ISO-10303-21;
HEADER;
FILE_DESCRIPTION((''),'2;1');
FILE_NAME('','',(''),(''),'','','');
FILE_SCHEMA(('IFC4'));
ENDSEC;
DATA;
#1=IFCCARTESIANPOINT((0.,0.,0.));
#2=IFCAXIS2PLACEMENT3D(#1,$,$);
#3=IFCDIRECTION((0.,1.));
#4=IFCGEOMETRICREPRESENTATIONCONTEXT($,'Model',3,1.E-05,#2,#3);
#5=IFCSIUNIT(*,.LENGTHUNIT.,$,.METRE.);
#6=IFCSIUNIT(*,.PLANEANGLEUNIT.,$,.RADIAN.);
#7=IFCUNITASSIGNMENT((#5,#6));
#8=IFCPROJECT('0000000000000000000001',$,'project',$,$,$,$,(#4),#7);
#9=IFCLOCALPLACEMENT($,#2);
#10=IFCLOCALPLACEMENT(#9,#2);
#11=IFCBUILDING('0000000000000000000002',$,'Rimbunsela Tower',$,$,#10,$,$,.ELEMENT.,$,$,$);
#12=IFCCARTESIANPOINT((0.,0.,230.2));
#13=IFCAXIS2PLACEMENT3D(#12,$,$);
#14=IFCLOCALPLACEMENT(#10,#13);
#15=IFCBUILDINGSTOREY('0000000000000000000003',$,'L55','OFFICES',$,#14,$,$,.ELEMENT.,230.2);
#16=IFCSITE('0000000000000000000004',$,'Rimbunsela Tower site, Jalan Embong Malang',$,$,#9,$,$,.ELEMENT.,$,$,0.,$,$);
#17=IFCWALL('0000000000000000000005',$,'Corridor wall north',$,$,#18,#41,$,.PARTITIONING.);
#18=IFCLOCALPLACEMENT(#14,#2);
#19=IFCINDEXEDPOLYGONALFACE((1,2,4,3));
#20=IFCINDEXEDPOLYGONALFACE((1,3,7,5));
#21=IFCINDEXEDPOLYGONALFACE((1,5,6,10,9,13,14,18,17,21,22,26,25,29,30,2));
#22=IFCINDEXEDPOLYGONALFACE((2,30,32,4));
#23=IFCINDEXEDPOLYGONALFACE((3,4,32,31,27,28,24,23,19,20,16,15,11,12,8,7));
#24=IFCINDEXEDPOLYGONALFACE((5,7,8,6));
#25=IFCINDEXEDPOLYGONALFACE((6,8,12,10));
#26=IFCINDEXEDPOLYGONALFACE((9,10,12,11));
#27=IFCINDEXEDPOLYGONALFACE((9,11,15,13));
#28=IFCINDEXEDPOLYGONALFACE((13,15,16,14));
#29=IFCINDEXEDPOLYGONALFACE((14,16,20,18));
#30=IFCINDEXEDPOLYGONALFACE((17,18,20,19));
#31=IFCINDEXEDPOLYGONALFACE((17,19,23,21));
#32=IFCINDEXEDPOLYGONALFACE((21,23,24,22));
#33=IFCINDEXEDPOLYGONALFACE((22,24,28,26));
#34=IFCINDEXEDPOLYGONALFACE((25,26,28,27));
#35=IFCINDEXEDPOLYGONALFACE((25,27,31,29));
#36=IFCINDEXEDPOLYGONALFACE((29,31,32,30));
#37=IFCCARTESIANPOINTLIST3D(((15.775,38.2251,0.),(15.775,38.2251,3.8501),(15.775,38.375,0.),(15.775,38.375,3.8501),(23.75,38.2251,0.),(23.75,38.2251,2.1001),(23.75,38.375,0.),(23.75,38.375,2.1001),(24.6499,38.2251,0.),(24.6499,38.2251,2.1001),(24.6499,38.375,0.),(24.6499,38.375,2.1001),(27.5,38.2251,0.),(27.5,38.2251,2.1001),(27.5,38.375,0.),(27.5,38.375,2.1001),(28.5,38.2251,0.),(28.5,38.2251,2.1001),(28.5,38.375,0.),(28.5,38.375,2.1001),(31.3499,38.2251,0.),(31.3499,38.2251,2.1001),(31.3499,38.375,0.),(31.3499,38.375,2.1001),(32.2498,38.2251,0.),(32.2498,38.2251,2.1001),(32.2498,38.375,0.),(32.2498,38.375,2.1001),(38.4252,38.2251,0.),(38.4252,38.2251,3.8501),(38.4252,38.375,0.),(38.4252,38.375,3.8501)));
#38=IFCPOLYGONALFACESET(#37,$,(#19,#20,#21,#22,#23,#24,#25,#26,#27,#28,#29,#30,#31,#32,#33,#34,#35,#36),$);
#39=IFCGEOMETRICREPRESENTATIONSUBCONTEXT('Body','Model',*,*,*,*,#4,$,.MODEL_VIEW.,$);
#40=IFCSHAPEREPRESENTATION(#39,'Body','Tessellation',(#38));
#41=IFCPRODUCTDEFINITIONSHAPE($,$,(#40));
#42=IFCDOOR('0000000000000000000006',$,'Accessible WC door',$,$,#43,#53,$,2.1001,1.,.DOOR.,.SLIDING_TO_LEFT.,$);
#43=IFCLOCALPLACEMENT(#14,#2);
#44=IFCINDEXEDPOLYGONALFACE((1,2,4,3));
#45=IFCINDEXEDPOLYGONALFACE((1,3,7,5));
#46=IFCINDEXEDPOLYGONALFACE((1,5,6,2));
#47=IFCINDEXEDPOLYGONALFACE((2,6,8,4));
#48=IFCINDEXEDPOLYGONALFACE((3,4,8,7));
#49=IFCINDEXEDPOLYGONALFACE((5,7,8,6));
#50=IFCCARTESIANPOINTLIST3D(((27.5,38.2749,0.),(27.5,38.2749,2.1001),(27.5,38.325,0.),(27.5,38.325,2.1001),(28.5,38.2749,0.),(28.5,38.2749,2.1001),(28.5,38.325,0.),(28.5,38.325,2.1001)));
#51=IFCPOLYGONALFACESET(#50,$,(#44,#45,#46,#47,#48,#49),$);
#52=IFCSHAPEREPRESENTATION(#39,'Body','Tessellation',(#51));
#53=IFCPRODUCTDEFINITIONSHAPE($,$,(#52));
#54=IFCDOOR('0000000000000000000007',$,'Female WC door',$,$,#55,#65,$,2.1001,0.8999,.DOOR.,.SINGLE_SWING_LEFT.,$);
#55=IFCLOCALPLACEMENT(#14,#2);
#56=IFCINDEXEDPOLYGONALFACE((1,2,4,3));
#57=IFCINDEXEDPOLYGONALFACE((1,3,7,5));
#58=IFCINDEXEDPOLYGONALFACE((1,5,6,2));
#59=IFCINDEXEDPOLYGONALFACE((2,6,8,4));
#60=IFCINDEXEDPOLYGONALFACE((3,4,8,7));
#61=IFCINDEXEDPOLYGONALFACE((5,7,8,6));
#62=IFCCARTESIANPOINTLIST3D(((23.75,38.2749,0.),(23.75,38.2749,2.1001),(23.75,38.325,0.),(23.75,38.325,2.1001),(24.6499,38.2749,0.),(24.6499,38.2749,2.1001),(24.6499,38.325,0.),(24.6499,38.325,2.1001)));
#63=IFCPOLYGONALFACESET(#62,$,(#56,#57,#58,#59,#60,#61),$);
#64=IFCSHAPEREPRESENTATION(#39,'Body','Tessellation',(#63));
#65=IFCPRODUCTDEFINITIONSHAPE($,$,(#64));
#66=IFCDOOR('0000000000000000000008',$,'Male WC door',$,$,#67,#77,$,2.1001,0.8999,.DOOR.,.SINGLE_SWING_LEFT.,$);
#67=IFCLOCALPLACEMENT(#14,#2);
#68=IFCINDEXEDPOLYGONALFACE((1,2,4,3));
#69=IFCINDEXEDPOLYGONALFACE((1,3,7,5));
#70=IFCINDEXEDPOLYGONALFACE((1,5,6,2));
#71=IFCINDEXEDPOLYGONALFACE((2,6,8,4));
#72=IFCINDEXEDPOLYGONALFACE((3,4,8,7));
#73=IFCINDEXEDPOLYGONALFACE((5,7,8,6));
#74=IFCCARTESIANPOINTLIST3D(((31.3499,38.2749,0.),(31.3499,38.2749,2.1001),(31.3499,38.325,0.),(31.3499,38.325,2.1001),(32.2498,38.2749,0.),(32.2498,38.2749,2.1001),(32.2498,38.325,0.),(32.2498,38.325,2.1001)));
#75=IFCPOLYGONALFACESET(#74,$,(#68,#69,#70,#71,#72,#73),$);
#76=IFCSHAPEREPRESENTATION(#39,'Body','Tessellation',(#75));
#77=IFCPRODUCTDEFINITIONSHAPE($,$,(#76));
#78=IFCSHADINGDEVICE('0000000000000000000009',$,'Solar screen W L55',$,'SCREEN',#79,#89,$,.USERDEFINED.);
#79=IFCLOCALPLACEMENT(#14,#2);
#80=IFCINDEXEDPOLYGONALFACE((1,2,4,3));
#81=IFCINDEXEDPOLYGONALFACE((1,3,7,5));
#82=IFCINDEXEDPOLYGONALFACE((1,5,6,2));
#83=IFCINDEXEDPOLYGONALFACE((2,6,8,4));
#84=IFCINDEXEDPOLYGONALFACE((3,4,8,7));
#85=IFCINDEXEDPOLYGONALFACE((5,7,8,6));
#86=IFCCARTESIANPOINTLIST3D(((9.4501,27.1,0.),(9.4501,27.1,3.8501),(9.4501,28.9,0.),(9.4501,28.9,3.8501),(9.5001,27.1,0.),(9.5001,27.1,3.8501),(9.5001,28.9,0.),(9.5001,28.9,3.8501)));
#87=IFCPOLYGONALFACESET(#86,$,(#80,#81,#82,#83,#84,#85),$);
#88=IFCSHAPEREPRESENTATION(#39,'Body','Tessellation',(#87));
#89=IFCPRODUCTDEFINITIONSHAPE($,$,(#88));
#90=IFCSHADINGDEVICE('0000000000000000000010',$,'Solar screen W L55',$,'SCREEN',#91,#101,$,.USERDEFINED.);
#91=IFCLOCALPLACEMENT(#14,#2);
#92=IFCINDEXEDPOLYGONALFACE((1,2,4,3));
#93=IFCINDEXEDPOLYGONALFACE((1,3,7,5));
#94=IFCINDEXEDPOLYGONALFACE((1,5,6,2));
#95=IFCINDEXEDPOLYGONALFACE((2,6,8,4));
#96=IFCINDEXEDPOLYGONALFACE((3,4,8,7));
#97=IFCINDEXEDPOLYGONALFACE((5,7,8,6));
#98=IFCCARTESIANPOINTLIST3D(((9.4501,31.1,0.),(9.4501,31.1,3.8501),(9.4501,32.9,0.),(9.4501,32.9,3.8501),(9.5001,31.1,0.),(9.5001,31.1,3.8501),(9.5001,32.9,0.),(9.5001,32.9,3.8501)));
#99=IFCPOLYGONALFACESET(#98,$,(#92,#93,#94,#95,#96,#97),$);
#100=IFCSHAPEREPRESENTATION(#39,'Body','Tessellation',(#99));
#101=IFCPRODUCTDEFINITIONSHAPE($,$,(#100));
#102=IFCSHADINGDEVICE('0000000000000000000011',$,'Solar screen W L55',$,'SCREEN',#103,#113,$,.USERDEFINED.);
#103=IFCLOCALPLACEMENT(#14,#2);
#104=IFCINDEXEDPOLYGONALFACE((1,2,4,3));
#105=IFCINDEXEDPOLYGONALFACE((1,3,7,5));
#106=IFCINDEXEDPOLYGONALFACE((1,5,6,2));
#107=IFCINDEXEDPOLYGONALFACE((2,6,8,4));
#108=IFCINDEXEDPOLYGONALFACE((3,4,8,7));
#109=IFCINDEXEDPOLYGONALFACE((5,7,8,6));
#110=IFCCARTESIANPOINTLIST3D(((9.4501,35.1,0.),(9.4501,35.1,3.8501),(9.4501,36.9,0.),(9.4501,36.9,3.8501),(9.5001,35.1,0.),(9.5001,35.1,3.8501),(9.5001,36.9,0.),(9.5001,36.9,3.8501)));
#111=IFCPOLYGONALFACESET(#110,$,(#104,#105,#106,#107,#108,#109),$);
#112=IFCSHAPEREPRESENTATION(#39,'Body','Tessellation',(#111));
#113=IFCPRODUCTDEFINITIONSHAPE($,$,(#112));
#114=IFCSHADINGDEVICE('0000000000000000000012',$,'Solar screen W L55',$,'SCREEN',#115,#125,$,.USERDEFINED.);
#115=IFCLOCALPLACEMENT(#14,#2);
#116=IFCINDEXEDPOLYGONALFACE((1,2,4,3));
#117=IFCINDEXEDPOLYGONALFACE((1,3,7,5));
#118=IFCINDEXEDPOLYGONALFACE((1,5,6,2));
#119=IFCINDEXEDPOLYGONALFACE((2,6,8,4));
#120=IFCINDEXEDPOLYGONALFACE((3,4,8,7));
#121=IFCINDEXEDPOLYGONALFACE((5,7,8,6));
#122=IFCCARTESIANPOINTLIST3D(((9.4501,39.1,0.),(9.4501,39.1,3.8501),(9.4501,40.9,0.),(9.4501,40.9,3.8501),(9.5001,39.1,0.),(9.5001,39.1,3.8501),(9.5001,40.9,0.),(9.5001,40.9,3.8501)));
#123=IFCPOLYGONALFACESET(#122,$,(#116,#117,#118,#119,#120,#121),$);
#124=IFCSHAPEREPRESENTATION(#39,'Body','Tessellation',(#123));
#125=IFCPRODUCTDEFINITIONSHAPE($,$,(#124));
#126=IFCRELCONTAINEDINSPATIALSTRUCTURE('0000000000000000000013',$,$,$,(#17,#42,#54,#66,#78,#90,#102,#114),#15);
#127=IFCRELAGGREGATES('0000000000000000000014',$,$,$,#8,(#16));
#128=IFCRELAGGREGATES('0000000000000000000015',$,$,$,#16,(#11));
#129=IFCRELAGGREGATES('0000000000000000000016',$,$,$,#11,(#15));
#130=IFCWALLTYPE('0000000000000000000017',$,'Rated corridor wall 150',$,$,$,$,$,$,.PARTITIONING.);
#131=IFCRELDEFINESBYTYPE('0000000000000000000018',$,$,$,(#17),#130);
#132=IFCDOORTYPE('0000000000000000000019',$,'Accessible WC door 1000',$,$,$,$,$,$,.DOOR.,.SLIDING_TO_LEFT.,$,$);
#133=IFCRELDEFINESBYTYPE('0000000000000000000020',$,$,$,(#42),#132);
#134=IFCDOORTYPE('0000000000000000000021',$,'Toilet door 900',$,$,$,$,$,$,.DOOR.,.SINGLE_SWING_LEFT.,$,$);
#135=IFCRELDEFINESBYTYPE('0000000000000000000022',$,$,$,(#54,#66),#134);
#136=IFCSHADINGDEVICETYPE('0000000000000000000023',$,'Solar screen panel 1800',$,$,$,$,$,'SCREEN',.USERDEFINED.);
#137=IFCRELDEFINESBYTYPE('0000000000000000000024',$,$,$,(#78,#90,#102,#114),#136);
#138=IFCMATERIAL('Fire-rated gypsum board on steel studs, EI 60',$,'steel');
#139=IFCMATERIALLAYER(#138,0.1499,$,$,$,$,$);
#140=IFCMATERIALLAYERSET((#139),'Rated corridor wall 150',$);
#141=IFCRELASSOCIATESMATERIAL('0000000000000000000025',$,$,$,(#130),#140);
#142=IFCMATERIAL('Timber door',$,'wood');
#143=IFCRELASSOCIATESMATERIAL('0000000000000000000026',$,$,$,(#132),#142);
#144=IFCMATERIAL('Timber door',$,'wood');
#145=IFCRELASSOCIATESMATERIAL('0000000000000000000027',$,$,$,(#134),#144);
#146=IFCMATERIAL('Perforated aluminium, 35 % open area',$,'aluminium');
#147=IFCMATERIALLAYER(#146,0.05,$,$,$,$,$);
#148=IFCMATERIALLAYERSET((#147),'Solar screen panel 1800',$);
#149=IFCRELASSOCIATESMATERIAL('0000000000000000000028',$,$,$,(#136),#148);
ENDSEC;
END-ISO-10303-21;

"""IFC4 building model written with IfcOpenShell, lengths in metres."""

from ifc_helpers import new_model, si_unit, direction, frame, frame_2d, origin, origin_2d, place, context, subcontext, project, spatial, rectangle, extrude, material, layer, layer_set, type_object, element, fill, save


model = new_model("IFC4")

# Units and contexts
model_context = context("Model", 3, precision=1e-05, world=origin(), true_north=direction((0.0, 1.0)))
body_context = subcontext(model_context, "Body", "Model", "MODEL_VIEW")
ifc_project = project(units=[si_unit("LENGTHUNIT", "METRE"), si_unit("PLANEANGLEUNIT", "RADIAN")], contexts=[model_context])

# Site, building, storey
site_placement = place(None, origin())
site = spatial("IfcSite", under=ifc_project, at=site_placement, Name="Rimbunsela Tower site, Jalan Embong Malang", CompositionType="ELEMENT", RefElevation=0.0)
building_placement = place(site_placement, origin())
building = spatial("IfcBuilding", under=site, at=building_placement, Name="Rimbunsela Tower", CompositionType="ELEMENT")
storey_placement = place(building_placement, frame((0.0, 0.0, 230.2)))
storey = spatial("IfcBuildingStorey", under=building, at=storey_placement, Name="L55", Description="OFFICES", CompositionType="ELEMENT", Elevation=230.2)

# Wall, openings, doors
ifc_material_1 = material(Name="Fire-rated gypsum board on steel studs, EI 60", Category="steel")
ifc_layer_1 = layer(ifc_material_1, 0.1499)
ifc_layer_set_1 = layer_set([ifc_layer_1], Name="Rated corridor wall 150")
wall_type_1 = type_object("IfcWallType", Name="Rated corridor wall 150", PredefinedType="PARTITIONING", material=ifc_layer_set_1)
wall_1_placement = place(storey_placement, frame((15.7749, 38.3, 0.0), z_axis=(0.0, 0.0, 1.0), x_axis=(1.0, 0.0, 0.0)))
wall_1 = element("IfcWall", 1, at=wall_1_placement, inside=storey, type_object=wall_type_1, Name="Corridor wall north", PredefinedType="PARTITIONING", context=body_context, shape_type="SweptSolid", body=[
    extrude(rectangle(XDim=22.6501, YDim=0.1499, at=frame_2d((11.3252, 0.0))), origin(), (0.0, 0.0, 1.0), 3.8501),
])
opening_1_placement = place(wall_1_placement, frame((7.9751, 0.0, 0.0)))
opening_1 = element("IfcOpeningElement", 2, at=opening_1_placement, cuts=wall_1, PredefinedType="OPENING", context=body_context, shape_type="SweptSolid", body=[
    extrude(rectangle(XDim=0.8999, YDim=2.1001, at=frame_2d((0.45, 1.05))), frame((0.0, 0.085, 0.0), z_axis=(0.0, -1.0, 0.0), x_axis=(1.0, 0.0, 0.0)), (0.0, 0.0, 1.0), 0.1699),
])
opening_2_placement = place(wall_1_placement, frame((11.7251, 0.0, 0.0)))
opening_2 = element("IfcOpeningElement", 3, at=opening_2_placement, cuts=wall_1, PredefinedType="OPENING", context=body_context, shape_type="SweptSolid", body=[
    extrude(rectangle(XDim=1.0, YDim=2.1001, at=frame_2d((0.5, 1.05))), frame((0.0, 0.085, 0.0), z_axis=(0.0, -1.0, 0.0), x_axis=(1.0, 0.0, 0.0)), (0.0, 0.0, 1.0), 0.1699),
])
opening_3_placement = place(wall_1_placement, frame((15.575, 0.0, 0.0)))
opening_3 = element("IfcOpeningElement", 4, at=opening_3_placement, cuts=wall_1, PredefinedType="OPENING", context=body_context, shape_type="SweptSolid", body=[
    extrude(rectangle(XDim=0.8999, YDim=2.1001, at=frame_2d((0.45, 1.05))), frame((0.0, 0.085, 0.0), z_axis=(0.0, -1.0, 0.0), x_axis=(1.0, 0.0, 0.0)), (0.0, 0.0, 1.0), 0.1699),
])
ifc_material_2 = material(Name="Timber door", Category="wood")
door_type_1 = type_object("IfcDoorType", Name="Accessible WC door 1000", OperationType="SLIDING_TO_LEFT", PredefinedType="DOOR", material=ifc_material_2)
door_1_placement = place(opening_2_placement, origin())
door_1 = element("IfcDoor", 5, at=door_1_placement, inside=storey, type_object=door_type_1, Name="Accessible WC door", OperationType="SLIDING_TO_LEFT", OverallHeight=2.1001, OverallWidth=1.0, PredefinedType="DOOR", context=body_context, shape_type="SweptSolid", body=[
    extrude(rectangle(XDim=1.0, YDim=2.1001, at=frame_2d((0.5, 1.05))), frame((0.0, 0.0249, 0.0), z_axis=(0.0, -1.0, 0.0), x_axis=(1.0, 0.0, 0.0)), (0.0, 0.0, 1.0), 0.05),
])
fill(opening_2, door_1)
ifc_material_3 = material(Name="Timber door", Category="wood")
door_type_2 = type_object("IfcDoorType", Name="Toilet door 900", OperationType="SINGLE_SWING_LEFT", PredefinedType="DOOR", material=ifc_material_3)
door_2_placement = place(opening_1_placement, origin())
door_2 = element("IfcDoor", 6, at=door_2_placement, inside=storey, type_object=door_type_2, Name="Female WC door", OperationType="SINGLE_SWING_LEFT", OverallHeight=2.1001, OverallWidth=0.8999, PredefinedType="DOOR", context=body_context, shape_type="SweptSolid", body=[
    extrude(rectangle(XDim=0.8999, YDim=2.1001, at=frame_2d((0.45, 1.05))), frame((0.0, 0.0249, 0.0), z_axis=(0.0, -1.0, 0.0), x_axis=(1.0, 0.0, 0.0)), (0.0, 0.0, 1.0), 0.05),
])
fill(opening_1, door_2)
door_3_placement = place(opening_3_placement, origin())
door_3 = element("IfcDoor", 7, at=door_3_placement, inside=storey, type_object=door_type_2, Name="Male WC door", OperationType="SINGLE_SWING_LEFT", OverallHeight=2.1001, OverallWidth=0.8999, PredefinedType="DOOR", context=body_context, shape_type="SweptSolid", body=[
    extrude(rectangle(XDim=0.8999, YDim=2.1001, at=frame_2d((0.45, 1.05))), frame((0.0, 0.0249, 0.0), z_axis=(0.0, -1.0, 0.0), x_axis=(1.0, 0.0, 0.0)), (0.0, 0.0, 1.0), 0.05),
])
fill(opening_3, door_3)

# Shading devices
ifc_material_4 = material(Name="Perforated aluminium, 35 % open area", Category="aluminium")
ifc_layer_2 = layer(ifc_material_4, 0.05)
ifc_layer_set_2 = layer_set([ifc_layer_2], Name="Solar screen panel 1800")
shading_device_type = type_object("IfcShadingDeviceType", Name="Solar screen panel 1800", ElementType="SCREEN", PredefinedType="USERDEFINED", material=ifc_layer_set_2)
for number, where, z_axis, x_axis, name in (
    (8, (9.4751, 28.0, 0.0), (0.0, 0.0, 1.0), (0.0, 1.0, 0.0), "Solar screen W L55"),
    (9, (9.4751, 32.0, 0.0), (0.0, 0.0, 1.0), (0.0, 1.0, 0.0), "Solar screen W L55"),
    (10, (9.4751, 36.0, 0.0), (0.0, 0.0, 1.0), (0.0, 1.0, 0.0), "Solar screen W L55"),
    (11, (9.4751, 40.0, 0.0), (0.0, 0.0, 1.0), (0.0, 1.0, 0.0), "Solar screen W L55"),
):
    element("IfcShadingDevice", number, at=place(storey_placement, frame(where, z_axis=z_axis, x_axis=x_axis)), inside=storey, type_object=shading_device_type, Name=name, ObjectType="SCREEN", PredefinedType="USERDEFINED", context=body_context, shape_type="SweptSolid", body=[
        extrude(rectangle(XDim=1.8, YDim=0.05, at=origin_2d()), origin(), (0.0, 0.0, 1.0), 3.8501),
    ])

save(model, "model.ifc")
